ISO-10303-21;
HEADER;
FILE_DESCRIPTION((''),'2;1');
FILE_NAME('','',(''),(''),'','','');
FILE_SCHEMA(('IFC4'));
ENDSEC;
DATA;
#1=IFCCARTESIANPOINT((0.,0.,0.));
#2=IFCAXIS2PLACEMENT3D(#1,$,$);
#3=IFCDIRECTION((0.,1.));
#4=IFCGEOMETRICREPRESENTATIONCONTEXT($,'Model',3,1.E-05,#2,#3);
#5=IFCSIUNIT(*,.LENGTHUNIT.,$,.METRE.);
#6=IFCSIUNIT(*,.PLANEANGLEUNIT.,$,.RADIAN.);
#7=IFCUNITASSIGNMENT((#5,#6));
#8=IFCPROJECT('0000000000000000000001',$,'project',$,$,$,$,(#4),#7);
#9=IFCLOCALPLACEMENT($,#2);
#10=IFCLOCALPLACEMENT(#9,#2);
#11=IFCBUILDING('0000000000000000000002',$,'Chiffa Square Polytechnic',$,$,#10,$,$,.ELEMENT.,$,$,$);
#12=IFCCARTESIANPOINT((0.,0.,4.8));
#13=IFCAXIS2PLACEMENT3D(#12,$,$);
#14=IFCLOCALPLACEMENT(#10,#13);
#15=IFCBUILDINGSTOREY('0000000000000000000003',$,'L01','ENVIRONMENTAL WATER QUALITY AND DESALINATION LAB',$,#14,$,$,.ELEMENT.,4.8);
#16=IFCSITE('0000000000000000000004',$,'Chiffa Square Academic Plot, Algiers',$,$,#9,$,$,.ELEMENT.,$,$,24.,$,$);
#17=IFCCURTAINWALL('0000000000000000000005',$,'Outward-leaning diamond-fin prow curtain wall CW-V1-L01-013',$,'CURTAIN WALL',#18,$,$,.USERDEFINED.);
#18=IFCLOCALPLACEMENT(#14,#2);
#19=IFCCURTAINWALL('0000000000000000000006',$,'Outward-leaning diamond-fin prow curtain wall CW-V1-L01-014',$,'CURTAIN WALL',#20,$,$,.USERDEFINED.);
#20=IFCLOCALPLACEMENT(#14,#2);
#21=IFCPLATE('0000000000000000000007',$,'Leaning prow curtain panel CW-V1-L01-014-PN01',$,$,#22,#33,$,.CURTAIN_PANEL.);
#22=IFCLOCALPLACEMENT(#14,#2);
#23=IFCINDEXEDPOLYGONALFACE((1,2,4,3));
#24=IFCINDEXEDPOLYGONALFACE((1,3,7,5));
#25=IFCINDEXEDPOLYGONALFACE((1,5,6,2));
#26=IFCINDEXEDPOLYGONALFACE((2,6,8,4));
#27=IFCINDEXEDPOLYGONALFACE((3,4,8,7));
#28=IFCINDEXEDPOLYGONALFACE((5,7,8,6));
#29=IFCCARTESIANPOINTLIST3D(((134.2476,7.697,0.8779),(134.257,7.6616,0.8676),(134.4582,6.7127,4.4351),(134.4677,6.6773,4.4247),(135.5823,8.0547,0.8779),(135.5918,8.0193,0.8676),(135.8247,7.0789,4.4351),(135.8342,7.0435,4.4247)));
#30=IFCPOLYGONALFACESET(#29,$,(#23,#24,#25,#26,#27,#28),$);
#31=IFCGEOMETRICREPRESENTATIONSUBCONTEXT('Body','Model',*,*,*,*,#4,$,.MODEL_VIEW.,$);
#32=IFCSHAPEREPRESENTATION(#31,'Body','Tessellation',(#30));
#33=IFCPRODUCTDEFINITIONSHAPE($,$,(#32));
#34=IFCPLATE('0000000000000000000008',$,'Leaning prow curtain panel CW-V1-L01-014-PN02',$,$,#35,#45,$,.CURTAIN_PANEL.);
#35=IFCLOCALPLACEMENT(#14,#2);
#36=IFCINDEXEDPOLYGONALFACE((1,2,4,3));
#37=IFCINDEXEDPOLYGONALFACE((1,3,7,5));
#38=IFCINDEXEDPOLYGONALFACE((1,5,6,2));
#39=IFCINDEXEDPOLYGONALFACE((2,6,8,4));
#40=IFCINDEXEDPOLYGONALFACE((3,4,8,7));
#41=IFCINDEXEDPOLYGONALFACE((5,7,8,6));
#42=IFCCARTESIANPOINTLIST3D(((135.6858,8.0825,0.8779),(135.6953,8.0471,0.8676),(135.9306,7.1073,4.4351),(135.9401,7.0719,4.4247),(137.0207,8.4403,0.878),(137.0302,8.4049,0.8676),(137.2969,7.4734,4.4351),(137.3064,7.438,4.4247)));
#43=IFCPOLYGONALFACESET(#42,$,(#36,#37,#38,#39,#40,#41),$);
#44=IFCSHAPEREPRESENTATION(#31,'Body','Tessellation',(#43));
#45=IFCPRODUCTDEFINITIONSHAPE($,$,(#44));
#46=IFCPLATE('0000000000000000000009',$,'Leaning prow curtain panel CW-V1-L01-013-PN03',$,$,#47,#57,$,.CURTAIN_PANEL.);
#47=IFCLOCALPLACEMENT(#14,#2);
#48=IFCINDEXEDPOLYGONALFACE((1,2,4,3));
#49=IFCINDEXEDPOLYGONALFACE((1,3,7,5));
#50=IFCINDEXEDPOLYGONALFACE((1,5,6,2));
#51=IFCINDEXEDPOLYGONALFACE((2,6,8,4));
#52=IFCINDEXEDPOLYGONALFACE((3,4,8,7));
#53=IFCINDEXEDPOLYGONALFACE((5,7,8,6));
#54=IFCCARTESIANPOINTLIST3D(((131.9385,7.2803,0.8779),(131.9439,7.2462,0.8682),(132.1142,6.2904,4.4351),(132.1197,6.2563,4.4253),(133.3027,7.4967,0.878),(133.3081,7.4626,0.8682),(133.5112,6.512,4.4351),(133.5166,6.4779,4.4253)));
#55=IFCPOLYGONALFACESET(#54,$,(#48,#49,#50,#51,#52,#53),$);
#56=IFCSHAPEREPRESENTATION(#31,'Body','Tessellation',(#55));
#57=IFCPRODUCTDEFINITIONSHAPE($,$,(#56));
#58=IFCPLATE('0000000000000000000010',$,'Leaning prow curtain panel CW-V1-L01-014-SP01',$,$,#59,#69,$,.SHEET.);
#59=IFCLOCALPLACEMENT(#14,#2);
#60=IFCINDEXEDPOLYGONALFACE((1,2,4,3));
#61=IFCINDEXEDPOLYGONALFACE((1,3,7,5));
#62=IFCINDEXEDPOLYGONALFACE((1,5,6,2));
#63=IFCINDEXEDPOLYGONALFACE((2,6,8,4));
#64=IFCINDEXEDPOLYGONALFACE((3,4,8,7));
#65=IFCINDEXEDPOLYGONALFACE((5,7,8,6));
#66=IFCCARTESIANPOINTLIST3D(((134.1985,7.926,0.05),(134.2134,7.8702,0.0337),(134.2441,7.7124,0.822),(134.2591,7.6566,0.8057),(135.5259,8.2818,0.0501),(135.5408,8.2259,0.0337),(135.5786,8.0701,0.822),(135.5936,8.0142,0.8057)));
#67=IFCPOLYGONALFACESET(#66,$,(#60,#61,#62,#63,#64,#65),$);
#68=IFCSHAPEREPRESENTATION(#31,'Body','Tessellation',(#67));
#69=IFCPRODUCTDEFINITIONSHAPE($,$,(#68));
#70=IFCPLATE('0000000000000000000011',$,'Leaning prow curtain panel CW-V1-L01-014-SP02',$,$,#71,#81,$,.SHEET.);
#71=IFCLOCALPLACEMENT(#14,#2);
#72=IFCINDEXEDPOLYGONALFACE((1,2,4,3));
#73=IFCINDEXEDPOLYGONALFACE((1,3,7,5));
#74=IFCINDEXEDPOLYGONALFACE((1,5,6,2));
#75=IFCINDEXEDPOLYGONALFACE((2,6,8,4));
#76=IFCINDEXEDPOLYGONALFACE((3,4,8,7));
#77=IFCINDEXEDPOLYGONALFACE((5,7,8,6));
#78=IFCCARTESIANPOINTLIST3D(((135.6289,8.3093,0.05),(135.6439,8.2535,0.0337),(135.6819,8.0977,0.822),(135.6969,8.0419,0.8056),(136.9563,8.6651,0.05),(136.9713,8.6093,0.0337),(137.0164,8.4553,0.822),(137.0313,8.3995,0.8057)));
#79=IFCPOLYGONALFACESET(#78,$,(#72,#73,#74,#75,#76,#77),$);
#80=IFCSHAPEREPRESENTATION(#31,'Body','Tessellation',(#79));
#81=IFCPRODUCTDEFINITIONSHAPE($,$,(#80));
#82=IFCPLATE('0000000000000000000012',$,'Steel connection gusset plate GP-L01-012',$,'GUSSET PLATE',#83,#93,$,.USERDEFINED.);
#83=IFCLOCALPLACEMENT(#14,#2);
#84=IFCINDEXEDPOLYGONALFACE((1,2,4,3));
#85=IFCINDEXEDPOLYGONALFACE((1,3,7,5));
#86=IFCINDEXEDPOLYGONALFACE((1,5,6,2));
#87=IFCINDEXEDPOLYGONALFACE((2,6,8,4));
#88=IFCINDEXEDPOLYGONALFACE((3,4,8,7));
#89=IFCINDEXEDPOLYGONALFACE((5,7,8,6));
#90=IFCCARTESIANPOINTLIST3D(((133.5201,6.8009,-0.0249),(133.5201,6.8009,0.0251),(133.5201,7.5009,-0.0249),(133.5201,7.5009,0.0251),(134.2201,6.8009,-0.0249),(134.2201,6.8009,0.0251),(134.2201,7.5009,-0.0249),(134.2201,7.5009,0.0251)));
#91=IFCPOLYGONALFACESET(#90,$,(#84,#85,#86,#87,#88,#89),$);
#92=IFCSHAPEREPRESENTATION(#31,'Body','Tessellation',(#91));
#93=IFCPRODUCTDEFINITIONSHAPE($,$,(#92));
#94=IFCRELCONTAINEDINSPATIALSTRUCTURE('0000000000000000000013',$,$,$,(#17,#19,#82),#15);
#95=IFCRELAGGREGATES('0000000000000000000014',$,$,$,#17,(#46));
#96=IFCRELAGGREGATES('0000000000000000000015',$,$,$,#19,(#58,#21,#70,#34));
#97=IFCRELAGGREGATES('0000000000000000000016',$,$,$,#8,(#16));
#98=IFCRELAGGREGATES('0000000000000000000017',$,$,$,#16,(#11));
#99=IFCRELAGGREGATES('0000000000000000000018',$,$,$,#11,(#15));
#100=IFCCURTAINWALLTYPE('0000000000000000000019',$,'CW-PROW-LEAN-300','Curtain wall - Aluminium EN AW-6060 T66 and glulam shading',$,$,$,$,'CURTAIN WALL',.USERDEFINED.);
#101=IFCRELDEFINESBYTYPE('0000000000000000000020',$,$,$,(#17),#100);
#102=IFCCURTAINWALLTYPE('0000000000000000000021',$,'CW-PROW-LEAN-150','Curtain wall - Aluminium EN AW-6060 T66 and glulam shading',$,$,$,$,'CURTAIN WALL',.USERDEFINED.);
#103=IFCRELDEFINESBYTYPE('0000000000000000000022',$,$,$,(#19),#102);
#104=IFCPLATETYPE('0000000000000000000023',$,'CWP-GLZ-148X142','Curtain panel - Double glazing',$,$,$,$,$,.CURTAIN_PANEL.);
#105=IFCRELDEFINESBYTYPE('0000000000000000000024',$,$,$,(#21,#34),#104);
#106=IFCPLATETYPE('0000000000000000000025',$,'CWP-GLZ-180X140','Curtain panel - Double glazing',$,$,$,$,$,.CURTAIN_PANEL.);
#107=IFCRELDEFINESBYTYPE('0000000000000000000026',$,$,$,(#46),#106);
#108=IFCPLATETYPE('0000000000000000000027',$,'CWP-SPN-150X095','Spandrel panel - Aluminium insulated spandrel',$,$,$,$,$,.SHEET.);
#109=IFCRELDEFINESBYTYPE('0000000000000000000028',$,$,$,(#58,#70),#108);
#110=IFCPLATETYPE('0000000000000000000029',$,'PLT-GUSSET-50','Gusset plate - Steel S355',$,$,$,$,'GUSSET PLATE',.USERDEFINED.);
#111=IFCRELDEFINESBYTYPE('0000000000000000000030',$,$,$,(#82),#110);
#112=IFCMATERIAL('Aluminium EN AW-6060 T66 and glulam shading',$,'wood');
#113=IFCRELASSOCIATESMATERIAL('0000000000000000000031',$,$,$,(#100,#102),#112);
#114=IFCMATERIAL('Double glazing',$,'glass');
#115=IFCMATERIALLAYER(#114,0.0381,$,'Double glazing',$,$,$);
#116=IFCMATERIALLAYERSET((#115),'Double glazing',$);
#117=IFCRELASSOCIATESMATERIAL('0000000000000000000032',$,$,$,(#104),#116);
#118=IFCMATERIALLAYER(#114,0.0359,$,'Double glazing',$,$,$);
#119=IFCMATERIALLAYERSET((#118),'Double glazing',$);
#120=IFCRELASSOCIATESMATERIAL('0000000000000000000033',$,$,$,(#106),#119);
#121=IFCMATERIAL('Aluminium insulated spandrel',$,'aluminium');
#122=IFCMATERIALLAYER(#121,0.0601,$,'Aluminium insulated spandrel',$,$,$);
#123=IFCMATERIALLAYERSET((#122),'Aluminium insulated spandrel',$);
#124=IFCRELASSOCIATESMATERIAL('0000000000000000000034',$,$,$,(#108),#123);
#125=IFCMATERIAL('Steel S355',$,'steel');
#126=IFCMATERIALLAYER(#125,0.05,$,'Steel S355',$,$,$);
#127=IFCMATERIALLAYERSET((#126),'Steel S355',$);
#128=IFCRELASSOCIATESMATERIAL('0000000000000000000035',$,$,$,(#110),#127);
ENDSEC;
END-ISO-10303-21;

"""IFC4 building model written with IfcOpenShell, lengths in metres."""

from ifc_helpers import new_model, si_unit, direction, frame, origin, origin_2d, place, context, subcontext, project, spatial, polyline, rectangle, outline, extrude, material, layer, layer_set, type_object, element, aggregate, save


model = new_model("IFC4")

# Units and contexts
model_context = context("Model", 3, precision=1e-05, world=origin(), true_north=direction((0.0, 1.0)))
body_context = subcontext(model_context, "Body", "Model", "MODEL_VIEW")
ifc_project = project(units=[si_unit("LENGTHUNIT", "METRE"), si_unit("PLANEANGLEUNIT", "RADIAN")], contexts=[model_context])

# Site, building, storey
site_placement = place(None, origin())
site = spatial("IfcSite", under=ifc_project, at=site_placement, Name="Chiffa Square Academic Plot, Algiers", CompositionType="ELEMENT", RefElevation=24.0)
building_placement = place(site_placement, origin())
building = spatial("IfcBuilding", under=site, at=building_placement, Name="Chiffa Square Polytechnic", CompositionType="ELEMENT")
storey_placement = place(building_placement, frame((0.0, 0.0, 4.8)))
storey = spatial("IfcBuildingStorey", under=building, at=storey_placement, Name="L01", Description="ENVIRONMENTAL WATER QUALITY AND DESALINATION LAB", CompositionType="ELEMENT", Elevation=4.8)

# Shared definitions
ifc_material_1 = material(Name="Steel S355", Category="steel")

# Curtain wall
ifc_material_2 = material(Name="Aluminium EN AW-6060 T66 and glulam shading", Category="wood")
curtain_wall_type_1 = type_object("IfcCurtainWallType", Name="CW-PROW-LEAN-300", Description="Curtain wall - Aluminium EN AW-6060 T66 and glulam shading", ElementType="CURTAIN WALL", PredefinedType="USERDEFINED", material=ifc_material_2)
curtain_wall_1_placement = place(storey_placement, origin())
curtain_wall_1 = element("IfcCurtainWall", 1, at=curtain_wall_1_placement, inside=storey, type_object=curtain_wall_type_1, Name="Outward-leaning diamond-fin prow curtain wall CW-V1-L01-013", ObjectType="CURTAIN WALL", PredefinedType="USERDEFINED")

# Curtain wall
curtain_wall_type_2 = type_object("IfcCurtainWallType", Name="CW-PROW-LEAN-150", Description="Curtain wall - Aluminium EN AW-6060 T66 and glulam shading", ElementType="CURTAIN WALL", PredefinedType="USERDEFINED", material=ifc_material_2)
curtain_wall_2_placement = place(storey_placement, origin())
curtain_wall_2 = element("IfcCurtainWall", 2, at=curtain_wall_2_placement, inside=storey, type_object=curtain_wall_type_2, Name="Outward-leaning diamond-fin prow curtain wall CW-V1-L01-014", ObjectType="CURTAIN WALL", PredefinedType="USERDEFINED")

# Plates
ifc_material_3 = material(Name="Double glazing", Category="glass")
ifc_layer_1 = layer(ifc_material_3, 0.0381, Name="Double glazing")
ifc_layer_set_1 = layer_set([ifc_layer_1], Name="Double glazing")
plate_type_1 = type_object("IfcPlateType", Name="CWP-GLZ-148X142", Description="Curtain panel - Double glazing", PredefinedType="CURTAIN_PANEL", material=ifc_layer_set_1)
plate_1_placement = place(storey_placement, frame((134.2476, 7.697, 0.8779), z_axis=(-0.249095, 0.929506, 0.271974), x_axis=(0.965917, 0.258851, 0.000004)))
plate_1 = element("IfcPlate", 3, at=plate_1_placement, type_object=plate_type_1, Name="Leaning prow curtain panel CW-V1-L01-014-PN01", PredefinedType="CURTAIN_PANEL", context=body_context, shape_type="SweptSolid", body=[
    extrude(outline(polyline([(0.0, 0.0), (1.3818, 0.0), (1.3634, -3.6965), (-0.0513, -3.6965), (0.0, 0.0)])), origin(), (0.0, 0.0, -1.0), 0.0381),
])
plate_2_placement = place(storey_placement, frame((135.6858, 8.0825, 0.8779), z_axis=(-0.249094, 0.929502, 0.271989), x_axis=(0.965918, 0.258848, 0.000016)))
plate_2 = element("IfcPlate", 4, at=plate_2_placement, type_object=plate_type_1, Name="Leaning prow curtain panel CW-V1-L01-014-PN02", PredefinedType="CURTAIN_PANEL", context=body_context, shape_type="SweptSolid", body=[
    extrude(outline(polyline([(0.0, 0.0), (1.382, 0.0), (1.3986, -3.6965), (-0.0159, -3.6965), (0.0, 0.0)])), origin(), (0.0, 0.0, -1.0), 0.0381),
])
ifc_layer_2 = layer(ifc_material_3, 0.0359, Name="Double glazing")
ifc_layer_set_2 = layer_set([ifc_layer_2], Name="Double glazing")
plate_type_2 = type_object("IfcPlateType", Name="CWP-GLZ-180X140", Description="Curtain panel - Double glazing", PredefinedType="CURTAIN_PANEL", material=ifc_layer_set_2)
plate_3_placement = place(storey_placement, frame((131.9385, 7.2803, 0.8779), z_axis=(-0.150758, 0.950431, 0.271942), x_axis=(0.987653, 0.156657, 0.000017)))
plate_3 = element("IfcPlate", 5, at=plate_3_placement, type_object=plate_type_2, Name="Leaning prow curtain panel CW-V1-L01-013-PN03", PredefinedType="CURTAIN_PANEL", context=body_context, shape_type="SweptSolid", body=[
    extrude(outline(polyline([(0.0, 0.0), (1.3813, 0.0), (1.433, -3.6964), (0.0186, -3.6965), (0.0, 0.0)])), origin(), (0.0, 0.0, -1.0), 0.0359),
])
aggregate(curtain_wall_1, [plate_3])
ifc_material_4 = material(Name="Aluminium insulated spandrel", Category="aluminium")
ifc_layer_3 = layer(ifc_material_4, 0.0601, Name="Aluminium insulated spandrel")
ifc_layer_set_3 = layer_set([ifc_layer_3], Name="Aluminium insulated spandrel")
plate_type_3 = type_object("IfcPlateType", Name="CWP-SPN-150X095", Description="Spandrel panel - Aluminium insulated spandrel", PredefinedType="SHEET", material=ifc_layer_set_3)
plate_4_placement = place(storey_placement, frame((134.1985, 7.926, 0.05), z_axis=(-0.249111, 0.929518, 0.271918), x_axis=(0.965914, 0.258863, 0.000005)))
plate_4 = element("IfcPlate", 6, at=plate_4_placement, type_object=plate_type_3, Name="Leaning prow curtain panel CW-V1-L01-014-SP01", PredefinedType="SHEET", context=body_context, shape_type="SweptSolid", body=[
    extrude(outline(polyline([(0.0, 0.0), (1.3742, 0.0), (1.3704, -0.8022), (-0.0112, -0.8022), (0.0, 0.0)])), origin(), (0.0, 0.0, -1.0), 0.0601),
])
plate_5_placement = place(storey_placement, frame((135.6289, 8.3093, 0.05), z_axis=(-0.24911, 0.929515, 0.271929), x_axis=(0.965911, 0.258875, -0.00004)))
plate_5 = element("IfcPlate", 7, at=plate_5_placement, type_object=plate_type_3, Name="Leaning prow curtain panel CW-V1-L01-014-SP02", PredefinedType="SHEET", context=body_context, shape_type="SweptSolid", body=[
    extrude(outline(polyline([(0.0, 0.0), (1.3743, 0.0), (1.3779, -0.8023), (-0.0036, -0.8021), (0.0, 0.0)])), origin(), (0.0, 0.0, -1.0), 0.0601),
])
aggregate(curtain_wall_2, [plate_4, plate_1, plate_5, plate_2])
ifc_layer_4 = layer(ifc_material_1, 0.05, Name="Steel S355")
ifc_layer_set_4 = layer_set([ifc_layer_4], Name="Steel S355")
plate_type_4 = type_object("IfcPlateType", Name="PLT-GUSSET-50", Description="Gusset plate - Steel S355", ElementType="GUSSET PLATE", PredefinedType="USERDEFINED", material=ifc_layer_set_4)
plate_6_placement = place(storey_placement, frame((133.8701, 7.1509, -0.0249), z_axis=(0.0, 0.0, 1.0), x_axis=(1.0, 0.0, 0.0)))
element("IfcPlate", 8, at=plate_6_placement, inside=storey, type_object=plate_type_4, Name="Steel connection gusset plate GP-L01-012", ObjectType="GUSSET PLATE", PredefinedType="USERDEFINED", context=body_context, shape_type="SweptSolid", body=[
    extrude(rectangle(XDim=0.7, YDim=0.7, at=origin_2d()), origin(), (0.0, 0.0, 1.0), 0.05),
])

save(model, "model.ifc")
